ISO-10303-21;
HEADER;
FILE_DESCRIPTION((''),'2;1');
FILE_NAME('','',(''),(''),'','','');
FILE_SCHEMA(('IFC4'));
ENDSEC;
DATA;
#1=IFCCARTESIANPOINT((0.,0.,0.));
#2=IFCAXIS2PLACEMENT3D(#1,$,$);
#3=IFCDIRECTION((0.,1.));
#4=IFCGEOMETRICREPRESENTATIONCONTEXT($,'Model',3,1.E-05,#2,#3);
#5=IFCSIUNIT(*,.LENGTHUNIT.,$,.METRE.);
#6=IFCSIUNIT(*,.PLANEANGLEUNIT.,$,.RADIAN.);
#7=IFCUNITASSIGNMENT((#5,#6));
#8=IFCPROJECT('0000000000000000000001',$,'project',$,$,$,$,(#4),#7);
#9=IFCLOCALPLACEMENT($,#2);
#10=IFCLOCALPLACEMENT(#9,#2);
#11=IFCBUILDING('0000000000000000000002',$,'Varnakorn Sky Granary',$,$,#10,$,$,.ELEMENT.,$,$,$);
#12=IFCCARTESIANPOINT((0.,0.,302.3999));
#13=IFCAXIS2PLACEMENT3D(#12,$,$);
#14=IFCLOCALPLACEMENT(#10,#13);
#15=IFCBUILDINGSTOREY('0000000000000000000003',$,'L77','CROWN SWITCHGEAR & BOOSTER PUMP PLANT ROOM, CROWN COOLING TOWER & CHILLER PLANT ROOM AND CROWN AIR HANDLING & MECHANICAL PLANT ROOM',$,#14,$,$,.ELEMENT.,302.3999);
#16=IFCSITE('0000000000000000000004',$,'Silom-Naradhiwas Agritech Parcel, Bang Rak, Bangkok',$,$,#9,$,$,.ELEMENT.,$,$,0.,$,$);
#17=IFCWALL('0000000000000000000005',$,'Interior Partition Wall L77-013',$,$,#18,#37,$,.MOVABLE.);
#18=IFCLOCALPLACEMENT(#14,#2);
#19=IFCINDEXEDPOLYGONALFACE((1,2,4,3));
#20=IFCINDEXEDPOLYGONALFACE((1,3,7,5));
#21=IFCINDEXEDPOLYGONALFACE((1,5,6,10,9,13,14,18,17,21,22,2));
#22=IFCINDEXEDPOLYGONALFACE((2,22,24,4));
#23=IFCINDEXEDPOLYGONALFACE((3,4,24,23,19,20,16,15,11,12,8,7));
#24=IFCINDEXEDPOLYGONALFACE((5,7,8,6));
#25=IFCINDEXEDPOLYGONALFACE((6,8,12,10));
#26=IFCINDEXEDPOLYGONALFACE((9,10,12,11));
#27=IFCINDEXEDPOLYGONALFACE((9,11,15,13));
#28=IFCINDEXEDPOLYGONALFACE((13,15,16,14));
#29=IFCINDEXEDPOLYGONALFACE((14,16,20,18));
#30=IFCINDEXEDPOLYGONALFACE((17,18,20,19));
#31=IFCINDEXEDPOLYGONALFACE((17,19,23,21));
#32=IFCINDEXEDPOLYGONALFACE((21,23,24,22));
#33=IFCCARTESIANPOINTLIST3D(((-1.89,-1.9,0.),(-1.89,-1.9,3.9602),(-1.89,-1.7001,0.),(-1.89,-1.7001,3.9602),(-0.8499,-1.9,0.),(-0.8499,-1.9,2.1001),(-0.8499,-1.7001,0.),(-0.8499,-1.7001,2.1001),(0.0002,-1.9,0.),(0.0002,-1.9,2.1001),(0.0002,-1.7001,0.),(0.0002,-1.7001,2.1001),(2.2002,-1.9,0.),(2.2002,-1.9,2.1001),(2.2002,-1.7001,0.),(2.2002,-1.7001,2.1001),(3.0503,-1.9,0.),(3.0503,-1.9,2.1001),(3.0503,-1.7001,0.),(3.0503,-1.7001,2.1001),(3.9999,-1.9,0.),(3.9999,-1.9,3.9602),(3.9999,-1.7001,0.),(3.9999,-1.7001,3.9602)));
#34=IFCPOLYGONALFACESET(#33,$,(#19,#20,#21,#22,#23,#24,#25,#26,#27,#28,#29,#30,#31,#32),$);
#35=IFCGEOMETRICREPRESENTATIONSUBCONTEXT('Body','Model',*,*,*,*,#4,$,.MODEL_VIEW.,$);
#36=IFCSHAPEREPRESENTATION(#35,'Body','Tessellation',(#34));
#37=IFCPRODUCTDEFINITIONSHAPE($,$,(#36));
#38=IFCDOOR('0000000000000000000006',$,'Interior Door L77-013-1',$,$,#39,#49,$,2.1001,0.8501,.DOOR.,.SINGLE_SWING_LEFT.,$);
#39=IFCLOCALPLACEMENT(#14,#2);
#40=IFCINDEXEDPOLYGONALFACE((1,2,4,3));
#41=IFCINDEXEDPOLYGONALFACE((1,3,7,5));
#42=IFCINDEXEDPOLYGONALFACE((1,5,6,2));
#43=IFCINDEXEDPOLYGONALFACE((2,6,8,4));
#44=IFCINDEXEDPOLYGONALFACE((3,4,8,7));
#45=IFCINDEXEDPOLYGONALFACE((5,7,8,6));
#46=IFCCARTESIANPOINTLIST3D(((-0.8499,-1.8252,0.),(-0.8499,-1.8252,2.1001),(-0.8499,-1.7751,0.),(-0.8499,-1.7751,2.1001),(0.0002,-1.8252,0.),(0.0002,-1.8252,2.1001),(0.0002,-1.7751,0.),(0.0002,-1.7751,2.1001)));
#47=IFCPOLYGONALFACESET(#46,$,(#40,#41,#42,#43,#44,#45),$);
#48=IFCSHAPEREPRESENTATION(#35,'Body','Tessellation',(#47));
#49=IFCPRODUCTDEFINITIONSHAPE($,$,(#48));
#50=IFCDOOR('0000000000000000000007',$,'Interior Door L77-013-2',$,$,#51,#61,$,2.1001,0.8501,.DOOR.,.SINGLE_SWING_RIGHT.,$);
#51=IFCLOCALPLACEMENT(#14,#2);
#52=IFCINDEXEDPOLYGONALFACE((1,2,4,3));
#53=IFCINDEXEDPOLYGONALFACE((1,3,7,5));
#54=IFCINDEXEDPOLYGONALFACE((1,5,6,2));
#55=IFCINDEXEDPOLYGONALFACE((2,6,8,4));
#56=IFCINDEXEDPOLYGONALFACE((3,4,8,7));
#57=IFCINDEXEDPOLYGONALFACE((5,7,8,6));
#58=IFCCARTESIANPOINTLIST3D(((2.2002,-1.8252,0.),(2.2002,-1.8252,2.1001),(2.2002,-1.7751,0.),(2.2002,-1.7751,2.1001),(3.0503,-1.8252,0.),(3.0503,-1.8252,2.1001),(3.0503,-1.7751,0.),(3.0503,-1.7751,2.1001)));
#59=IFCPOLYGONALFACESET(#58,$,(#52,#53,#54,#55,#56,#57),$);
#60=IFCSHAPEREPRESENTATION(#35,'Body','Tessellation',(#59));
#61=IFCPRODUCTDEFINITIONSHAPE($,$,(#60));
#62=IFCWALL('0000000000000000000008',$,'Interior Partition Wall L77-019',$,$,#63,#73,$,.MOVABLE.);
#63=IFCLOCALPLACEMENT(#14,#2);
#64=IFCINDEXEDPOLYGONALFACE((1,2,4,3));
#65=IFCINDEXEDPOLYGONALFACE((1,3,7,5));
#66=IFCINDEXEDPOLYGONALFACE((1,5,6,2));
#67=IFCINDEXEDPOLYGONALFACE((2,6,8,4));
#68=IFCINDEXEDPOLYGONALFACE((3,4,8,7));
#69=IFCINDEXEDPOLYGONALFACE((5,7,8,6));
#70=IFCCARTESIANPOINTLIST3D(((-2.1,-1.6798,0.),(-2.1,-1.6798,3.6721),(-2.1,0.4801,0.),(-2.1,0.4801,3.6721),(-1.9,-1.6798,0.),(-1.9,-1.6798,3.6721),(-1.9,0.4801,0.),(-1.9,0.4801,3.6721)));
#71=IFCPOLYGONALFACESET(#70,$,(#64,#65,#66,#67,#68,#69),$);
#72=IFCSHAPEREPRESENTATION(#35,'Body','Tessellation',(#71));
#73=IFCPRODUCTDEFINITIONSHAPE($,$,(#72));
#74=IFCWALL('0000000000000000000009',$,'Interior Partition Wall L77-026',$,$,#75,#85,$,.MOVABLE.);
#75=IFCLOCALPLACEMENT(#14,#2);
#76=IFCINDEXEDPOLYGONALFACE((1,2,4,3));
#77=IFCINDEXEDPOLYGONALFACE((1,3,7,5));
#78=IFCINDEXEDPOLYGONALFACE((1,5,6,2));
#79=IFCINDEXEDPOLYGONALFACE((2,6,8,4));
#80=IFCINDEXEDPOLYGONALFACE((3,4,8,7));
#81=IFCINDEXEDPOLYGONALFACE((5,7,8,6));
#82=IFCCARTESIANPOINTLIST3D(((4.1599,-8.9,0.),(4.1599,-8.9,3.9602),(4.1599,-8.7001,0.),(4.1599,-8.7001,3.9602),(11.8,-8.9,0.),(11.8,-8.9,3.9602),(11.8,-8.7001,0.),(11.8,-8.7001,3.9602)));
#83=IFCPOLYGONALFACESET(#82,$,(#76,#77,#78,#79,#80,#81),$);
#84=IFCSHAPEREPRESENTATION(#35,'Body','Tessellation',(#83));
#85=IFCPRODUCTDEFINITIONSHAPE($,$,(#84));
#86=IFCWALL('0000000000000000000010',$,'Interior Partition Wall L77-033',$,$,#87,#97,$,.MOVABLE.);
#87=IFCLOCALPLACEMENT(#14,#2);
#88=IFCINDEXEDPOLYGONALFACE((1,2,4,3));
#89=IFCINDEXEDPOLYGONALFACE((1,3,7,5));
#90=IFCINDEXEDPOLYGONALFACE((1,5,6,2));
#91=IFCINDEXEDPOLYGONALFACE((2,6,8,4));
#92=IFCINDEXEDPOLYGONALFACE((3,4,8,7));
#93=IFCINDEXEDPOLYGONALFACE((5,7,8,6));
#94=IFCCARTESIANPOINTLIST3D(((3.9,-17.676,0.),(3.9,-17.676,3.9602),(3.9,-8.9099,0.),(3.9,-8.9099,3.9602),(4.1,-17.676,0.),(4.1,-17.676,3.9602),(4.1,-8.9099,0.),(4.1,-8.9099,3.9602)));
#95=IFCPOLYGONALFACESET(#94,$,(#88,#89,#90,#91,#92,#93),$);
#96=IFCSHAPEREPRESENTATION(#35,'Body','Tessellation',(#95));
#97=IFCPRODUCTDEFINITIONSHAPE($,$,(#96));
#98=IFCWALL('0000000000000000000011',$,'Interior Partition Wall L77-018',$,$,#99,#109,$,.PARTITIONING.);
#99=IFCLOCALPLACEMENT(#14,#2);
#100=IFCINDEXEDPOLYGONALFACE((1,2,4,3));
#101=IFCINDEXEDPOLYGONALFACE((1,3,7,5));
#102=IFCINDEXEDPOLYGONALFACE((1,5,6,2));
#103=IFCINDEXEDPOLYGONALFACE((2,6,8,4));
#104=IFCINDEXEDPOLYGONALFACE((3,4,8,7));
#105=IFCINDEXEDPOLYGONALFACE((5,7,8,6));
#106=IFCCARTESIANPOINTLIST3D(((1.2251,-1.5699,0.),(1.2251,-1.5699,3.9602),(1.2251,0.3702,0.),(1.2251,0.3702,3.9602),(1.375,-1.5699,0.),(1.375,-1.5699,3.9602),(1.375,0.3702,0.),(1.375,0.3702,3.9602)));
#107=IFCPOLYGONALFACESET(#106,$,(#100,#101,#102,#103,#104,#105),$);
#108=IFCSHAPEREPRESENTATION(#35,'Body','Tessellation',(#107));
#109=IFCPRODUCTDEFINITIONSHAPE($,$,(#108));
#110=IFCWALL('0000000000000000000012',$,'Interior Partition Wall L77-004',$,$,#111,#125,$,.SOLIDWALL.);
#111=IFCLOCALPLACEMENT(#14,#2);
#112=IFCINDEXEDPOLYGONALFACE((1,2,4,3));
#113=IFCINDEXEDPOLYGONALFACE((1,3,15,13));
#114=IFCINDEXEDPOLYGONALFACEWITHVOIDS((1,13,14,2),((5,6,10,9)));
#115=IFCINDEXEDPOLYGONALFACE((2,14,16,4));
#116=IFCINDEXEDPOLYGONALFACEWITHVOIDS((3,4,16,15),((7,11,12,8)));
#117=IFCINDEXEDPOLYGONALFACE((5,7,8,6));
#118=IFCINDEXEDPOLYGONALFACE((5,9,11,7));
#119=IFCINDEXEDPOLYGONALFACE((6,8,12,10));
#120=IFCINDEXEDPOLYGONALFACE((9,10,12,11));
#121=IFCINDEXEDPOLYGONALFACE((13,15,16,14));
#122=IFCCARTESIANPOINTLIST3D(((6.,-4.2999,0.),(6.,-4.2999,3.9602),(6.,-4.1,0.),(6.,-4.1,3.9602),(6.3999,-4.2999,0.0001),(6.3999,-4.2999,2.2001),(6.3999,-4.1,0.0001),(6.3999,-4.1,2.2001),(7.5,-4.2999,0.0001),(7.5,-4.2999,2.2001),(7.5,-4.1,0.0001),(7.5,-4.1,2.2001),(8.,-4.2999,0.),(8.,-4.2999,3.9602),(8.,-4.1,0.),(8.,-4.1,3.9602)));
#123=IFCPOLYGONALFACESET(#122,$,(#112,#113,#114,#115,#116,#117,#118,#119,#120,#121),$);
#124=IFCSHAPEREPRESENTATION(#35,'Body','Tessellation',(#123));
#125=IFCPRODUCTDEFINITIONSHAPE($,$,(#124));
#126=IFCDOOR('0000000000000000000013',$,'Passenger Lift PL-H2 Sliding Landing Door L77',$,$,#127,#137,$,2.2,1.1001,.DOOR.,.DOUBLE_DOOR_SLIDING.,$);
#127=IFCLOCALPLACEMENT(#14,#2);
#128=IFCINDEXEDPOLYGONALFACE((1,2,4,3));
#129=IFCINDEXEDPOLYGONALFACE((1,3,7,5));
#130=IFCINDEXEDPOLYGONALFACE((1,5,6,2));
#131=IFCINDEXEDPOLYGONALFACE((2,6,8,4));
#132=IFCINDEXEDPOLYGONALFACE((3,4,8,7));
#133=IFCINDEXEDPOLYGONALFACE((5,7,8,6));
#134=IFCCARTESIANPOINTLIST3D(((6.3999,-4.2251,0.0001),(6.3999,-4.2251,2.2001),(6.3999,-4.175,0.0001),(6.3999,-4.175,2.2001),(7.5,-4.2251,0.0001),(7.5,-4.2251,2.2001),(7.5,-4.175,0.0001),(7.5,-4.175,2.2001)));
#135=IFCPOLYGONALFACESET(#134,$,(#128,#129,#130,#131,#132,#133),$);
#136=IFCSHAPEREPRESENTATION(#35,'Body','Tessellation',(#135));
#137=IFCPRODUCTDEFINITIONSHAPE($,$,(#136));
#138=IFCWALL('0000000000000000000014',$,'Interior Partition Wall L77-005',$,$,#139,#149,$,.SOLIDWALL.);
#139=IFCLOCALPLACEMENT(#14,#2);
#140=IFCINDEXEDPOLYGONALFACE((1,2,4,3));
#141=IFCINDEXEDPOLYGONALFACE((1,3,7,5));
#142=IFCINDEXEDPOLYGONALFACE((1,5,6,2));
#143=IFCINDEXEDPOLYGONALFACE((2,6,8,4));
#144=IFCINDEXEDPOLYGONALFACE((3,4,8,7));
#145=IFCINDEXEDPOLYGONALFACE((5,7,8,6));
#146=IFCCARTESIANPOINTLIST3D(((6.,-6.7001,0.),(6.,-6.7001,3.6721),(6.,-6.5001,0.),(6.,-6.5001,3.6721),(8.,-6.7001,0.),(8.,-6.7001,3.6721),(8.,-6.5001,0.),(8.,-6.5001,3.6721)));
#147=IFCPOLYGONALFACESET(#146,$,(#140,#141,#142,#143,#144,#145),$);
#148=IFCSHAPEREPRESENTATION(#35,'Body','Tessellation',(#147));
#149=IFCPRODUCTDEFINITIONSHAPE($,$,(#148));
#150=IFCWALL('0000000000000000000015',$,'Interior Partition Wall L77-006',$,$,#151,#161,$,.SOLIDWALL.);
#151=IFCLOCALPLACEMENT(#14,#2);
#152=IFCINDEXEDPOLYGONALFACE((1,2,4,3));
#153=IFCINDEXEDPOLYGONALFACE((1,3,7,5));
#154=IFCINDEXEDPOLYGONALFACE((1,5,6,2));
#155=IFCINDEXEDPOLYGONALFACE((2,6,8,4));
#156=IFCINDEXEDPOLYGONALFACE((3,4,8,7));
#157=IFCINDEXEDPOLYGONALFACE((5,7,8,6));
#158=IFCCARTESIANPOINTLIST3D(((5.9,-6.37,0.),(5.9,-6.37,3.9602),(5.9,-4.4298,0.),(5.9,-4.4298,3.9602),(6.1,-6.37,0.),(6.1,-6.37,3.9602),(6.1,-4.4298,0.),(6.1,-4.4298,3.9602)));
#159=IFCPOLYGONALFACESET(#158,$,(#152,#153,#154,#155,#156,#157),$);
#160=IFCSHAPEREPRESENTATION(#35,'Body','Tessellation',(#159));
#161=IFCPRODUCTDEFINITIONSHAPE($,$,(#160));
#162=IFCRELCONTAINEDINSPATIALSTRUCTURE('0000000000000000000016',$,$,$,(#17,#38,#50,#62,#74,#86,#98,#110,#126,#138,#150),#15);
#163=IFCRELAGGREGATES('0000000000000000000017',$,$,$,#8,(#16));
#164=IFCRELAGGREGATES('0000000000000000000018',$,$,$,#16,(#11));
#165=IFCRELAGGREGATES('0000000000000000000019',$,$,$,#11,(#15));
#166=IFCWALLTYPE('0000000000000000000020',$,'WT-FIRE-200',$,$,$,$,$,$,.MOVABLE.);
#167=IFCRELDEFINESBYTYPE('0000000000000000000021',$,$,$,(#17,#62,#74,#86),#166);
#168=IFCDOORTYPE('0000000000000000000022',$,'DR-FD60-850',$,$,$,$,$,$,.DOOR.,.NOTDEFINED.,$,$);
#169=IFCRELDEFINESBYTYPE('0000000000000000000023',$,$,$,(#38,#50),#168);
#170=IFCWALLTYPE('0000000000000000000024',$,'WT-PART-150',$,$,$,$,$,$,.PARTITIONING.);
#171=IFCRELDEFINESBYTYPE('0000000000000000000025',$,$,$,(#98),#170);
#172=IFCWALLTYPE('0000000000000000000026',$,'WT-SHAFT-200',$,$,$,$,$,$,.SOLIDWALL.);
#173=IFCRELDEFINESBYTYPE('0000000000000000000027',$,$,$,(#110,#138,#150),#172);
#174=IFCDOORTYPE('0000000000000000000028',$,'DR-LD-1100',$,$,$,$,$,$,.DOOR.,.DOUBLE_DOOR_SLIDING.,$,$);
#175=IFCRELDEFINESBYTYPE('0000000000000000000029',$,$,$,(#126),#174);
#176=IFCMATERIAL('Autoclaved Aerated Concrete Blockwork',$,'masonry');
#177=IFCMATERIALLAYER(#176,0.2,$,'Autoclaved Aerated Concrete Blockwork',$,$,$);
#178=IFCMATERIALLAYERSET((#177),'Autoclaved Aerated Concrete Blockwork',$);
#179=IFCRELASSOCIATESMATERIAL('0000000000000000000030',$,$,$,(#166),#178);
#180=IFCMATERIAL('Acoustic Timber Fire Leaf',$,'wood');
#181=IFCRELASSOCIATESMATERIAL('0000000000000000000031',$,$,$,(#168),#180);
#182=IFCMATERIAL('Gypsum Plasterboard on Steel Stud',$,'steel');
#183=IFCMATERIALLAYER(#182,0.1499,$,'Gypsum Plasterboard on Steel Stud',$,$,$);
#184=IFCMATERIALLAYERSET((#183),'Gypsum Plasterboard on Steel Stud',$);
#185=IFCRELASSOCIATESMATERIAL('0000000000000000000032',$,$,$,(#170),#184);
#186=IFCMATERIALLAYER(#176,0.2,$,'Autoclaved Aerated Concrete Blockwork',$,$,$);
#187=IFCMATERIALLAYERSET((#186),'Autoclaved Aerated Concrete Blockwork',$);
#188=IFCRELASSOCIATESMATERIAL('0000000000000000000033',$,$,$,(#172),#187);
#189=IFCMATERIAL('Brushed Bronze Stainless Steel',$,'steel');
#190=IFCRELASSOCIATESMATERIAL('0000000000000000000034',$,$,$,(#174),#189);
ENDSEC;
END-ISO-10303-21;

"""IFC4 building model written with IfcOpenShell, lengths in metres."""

from ifc_helpers import new_model, si_unit, direction, frame, frame_2d, origin, place, context, subcontext, project, spatial, rectangle, extrude, material, layer, layer_set, type_object, element, fill, save


model = new_model("IFC4")

# Units and contexts
model_context = context("Model", 3, precision=1e-05, world=origin(), true_north=direction((0.0, 1.0)))
body_context = subcontext(model_context, "Body", "Model", "MODEL_VIEW")
ifc_project = project(units=[si_unit("LENGTHUNIT", "METRE"), si_unit("PLANEANGLEUNIT", "RADIAN")], contexts=[model_context])

# Site, building, storey
site_placement = place(None, origin())
site = spatial("IfcSite", under=ifc_project, at=site_placement, Name="Silom-Naradhiwas Agritech Parcel, Bang Rak, Bangkok", CompositionType="ELEMENT", RefElevation=0.0)
building_placement = place(site_placement, origin())
building = spatial("IfcBuilding", under=site, at=building_placement, Name="Varnakorn Sky Granary", CompositionType="ELEMENT")
storey_placement = place(building_placement, frame((0.0, 0.0, 302.3999)))
storey = spatial("IfcBuildingStorey", under=building, at=storey_placement, Name="L77", Description="CROWN SWITCHGEAR & BOOSTER PUMP PLANT ROOM, CROWN COOLING TOWER & CHILLER PLANT ROOM AND CROWN AIR HANDLING & MECHANICAL PLANT ROOM", CompositionType="ELEMENT", Elevation=302.3999)

# Shared definitions
ifc_material_1 = material(Name="Autoclaved Aerated Concrete Blockwork", Category="masonry")
ifc_layer_1 = layer(ifc_material_1, 0.2, Name="Autoclaved Aerated Concrete Blockwork")
ifc_layer_set_1 = layer_set([ifc_layer_1], Name="Autoclaved Aerated Concrete Blockwork")
wall_type_1 = type_object("IfcWallType", Name="WT-FIRE-200", PredefinedType="MOVABLE", material=ifc_layer_set_1)
ifc_material_2 = material(Name="Acoustic Timber Fire Leaf", Category="wood")

# Wall, openings, doors
wall_1_placement = place(storey_placement, frame((-1.8899, -1.8, 0.0), z_axis=(0.0, 0.0, 1.0), x_axis=(1.0, 0.0, 0.0)))
wall_1 = element("IfcWall", 1, at=wall_1_placement, inside=storey, type_object=wall_type_1, Name="Interior Partition Wall L77-013", PredefinedType="MOVABLE", context=body_context, shape_type="SweptSolid", body=[
    extrude(rectangle(XDim=5.8899, YDim=0.2, at=frame_2d((2.9448, 0.0))), origin(), (0.0, 0.0, 1.0), 3.9602),
])
opening_1_placement = place(wall_1_placement, frame((1.04, 0.0, 0.0)))
opening_1 = element("IfcOpeningElement", 2, at=opening_1_placement, cuts=wall_1, PredefinedType="OPENING", context=body_context, shape_type="SweptSolid", body=[
    extrude(rectangle(XDim=0.8501, YDim=2.1001, at=frame_2d((0.425, 1.05))), frame((0.0, 0.1099, 0.0), z_axis=(0.0, -1.0, 0.0), x_axis=(1.0, 0.0, 0.0)), (0.0, 0.0, 1.0), 0.22),
])
opening_2_placement = place(wall_1_placement, frame((4.0901, 0.0, 0.0)))
opening_2 = element("IfcOpeningElement", 3, at=opening_2_placement, cuts=wall_1, PredefinedType="OPENING", context=body_context, shape_type="SweptSolid", body=[
    extrude(rectangle(XDim=0.8501, YDim=2.1001, at=frame_2d((0.425, 1.05))), frame((0.0, 0.1099, 0.0), z_axis=(0.0, -1.0, 0.0), x_axis=(1.0, 0.0, 0.0)), (0.0, 0.0, 1.0), 0.22),
])
door_type_1 = type_object("IfcDoorType", Name="DR-FD60-850", OperationType="NOTDEFINED", PredefinedType="DOOR", material=ifc_material_2)
door_1_placement = place(opening_1_placement, origin())
door_1 = element("IfcDoor", 4, at=door_1_placement, inside=storey, type_object=door_type_1, Name="Interior Door L77-013-1", OperationType="SINGLE_SWING_LEFT", OverallHeight=2.1001, OverallWidth=0.8501, PredefinedType="DOOR", context=body_context, shape_type="SweptSolid", body=[
    extrude(rectangle(XDim=0.8501, YDim=2.1001, at=frame_2d((0.425, 1.05))), frame((0.0, 0.0249, 0.0), z_axis=(0.0, -1.0, 0.0), x_axis=(1.0, 0.0, 0.0)), (0.0, 0.0, 1.0), 0.05),
])
fill(opening_1, door_1)
door_2_placement = place(opening_2_placement, origin())
door_2 = element("IfcDoor", 5, at=door_2_placement, inside=storey, type_object=door_type_1, Name="Interior Door L77-013-2", OperationType="SINGLE_SWING_RIGHT", OverallHeight=2.1001, OverallWidth=0.8501, PredefinedType="DOOR", context=body_context, shape_type="SweptSolid", body=[
    extrude(rectangle(XDim=0.8501, YDim=2.1001, at=frame_2d((0.425, 1.05))), frame((0.0, 0.0249, 0.0), z_axis=(0.0, -1.0, 0.0), x_axis=(1.0, 0.0, 0.0)), (0.0, 0.0, 1.0), 0.05),
])
fill(opening_2, door_2)

# Walls
wall_2_placement = place(storey_placement, frame((-2.0, -1.6799, 0.0), z_axis=(0.0, 0.0, 1.0), x_axis=(0.0, 1.0, 0.0)))
element("IfcWall", 6, at=wall_2_placement, inside=storey, type_object=wall_type_1, Name="Interior Partition Wall L77-019", PredefinedType="MOVABLE", context=body_context, shape_type="SweptSolid", body=[
    extrude(rectangle(XDim=2.1599, YDim=0.2, at=frame_2d((1.0801, 0.0))), origin(), (0.0, 0.0, 1.0), 3.6721),
])
wall_3_placement = place(storey_placement, frame((4.1599, -8.8, 0.0), z_axis=(0.0, 0.0, 1.0), x_axis=(1.0, 0.0, 0.0)))
element("IfcWall", 7, at=wall_3_placement, inside=storey, type_object=wall_type_1, Name="Interior Partition Wall L77-026", PredefinedType="MOVABLE", context=body_context, shape_type="SweptSolid", body=[
    extrude(rectangle(XDim=7.6401, YDim=0.2, at=frame_2d((3.8201, 0.0))), origin(), (0.0, 0.0, 1.0), 3.9602),
])
wall_4_placement = place(storey_placement, frame((4.0, -8.9099, 0.0), z_axis=(0.0, 0.0, 1.0), x_axis=(0.0, -1.0, 0.0)))
element("IfcWall", 8, at=wall_4_placement, inside=storey, type_object=wall_type_1, Name="Interior Partition Wall L77-033", PredefinedType="MOVABLE", context=body_context, shape_type="SweptSolid", body=[
    extrude(rectangle(XDim=8.7661, YDim=0.2, at=frame_2d((4.3831, 0.0))), origin(), (0.0, 0.0, 1.0), 3.9602),
])
ifc_material_3 = material(Name="Gypsum Plasterboard on Steel Stud", Category="steel")
ifc_layer_2 = layer(ifc_material_3, 0.1499, Name="Gypsum Plasterboard on Steel Stud")
ifc_layer_set_2 = layer_set([ifc_layer_2], Name="Gypsum Plasterboard on Steel Stud")
wall_type_2 = type_object("IfcWallType", Name="WT-PART-150", PredefinedType="PARTITIONING", material=ifc_layer_set_2)
wall_5_placement = place(storey_placement, frame((1.3, -1.5701, 0.0), z_axis=(0.0, 0.0, 1.0), x_axis=(0.0, 1.0, 0.0)))
element("IfcWall", 9, at=wall_5_placement, inside=storey, type_object=wall_type_2, Name="Interior Partition Wall L77-018", PredefinedType="PARTITIONING", context=body_context, shape_type="SweptSolid", body=[
    extrude(rectangle(XDim=1.9402, YDim=0.1499, at=frame_2d((0.9702, 0.0))), origin(), (0.0, 0.0, 1.0), 3.9602),
])

# Wall, opening, door
ifc_layer_3 = layer(ifc_material_1, 0.2, Name="Autoclaved Aerated Concrete Blockwork")
ifc_layer_set_3 = layer_set([ifc_layer_3], Name="Autoclaved Aerated Concrete Blockwork")
wall_type_3 = type_object("IfcWallType", Name="WT-SHAFT-200", PredefinedType="SOLIDWALL", material=ifc_layer_set_3)
wall_6_placement = place(storey_placement, frame((6.0, -4.2, 0.0), z_axis=(0.0, 0.0, 1.0), x_axis=(1.0, 0.0, 0.0)))
wall_6 = element("IfcWall", 10, at=wall_6_placement, inside=storey, type_object=wall_type_3, Name="Interior Partition Wall L77-004", PredefinedType="SOLIDWALL", context=body_context, shape_type="SweptSolid", body=[
    extrude(rectangle(XDim=2.0, YDim=0.2, at=frame_2d((1.0, 0.0))), origin(), (0.0, 0.0, 1.0), 3.9602),
])
opening_3_placement = place(wall_6_placement, frame((0.3999, 0.0, 0.0)))
opening_3 = element("IfcOpeningElement", 11, at=opening_3_placement, cuts=wall_6, PredefinedType="OPENING", context=body_context, shape_type="SweptSolid", body=[
    extrude(rectangle(XDim=1.1001, YDim=2.2, at=frame_2d((0.55, 1.1001))), frame((0.0, 0.1099, 0.0), z_axis=(0.0, -1.0, 0.0), x_axis=(1.0, 0.0, 0.0)), (0.0, 0.0, 1.0), 0.22),
])
ifc_material_4 = material(Name="Brushed Bronze Stainless Steel", Category="steel")
door_type_2 = type_object("IfcDoorType", Name="DR-LD-1100", OperationType="DOUBLE_DOOR_SLIDING", PredefinedType="DOOR", material=ifc_material_4)
door_3_placement = place(opening_3_placement, origin())
door_3 = element("IfcDoor", 12, at=door_3_placement, inside=storey, type_object=door_type_2, Name="Passenger Lift PL-H2 Sliding Landing Door L77", OperationType="DOUBLE_DOOR_SLIDING", OverallHeight=2.2, OverallWidth=1.1001, PredefinedType="DOOR", context=body_context, shape_type="SweptSolid", body=[
    extrude(rectangle(XDim=1.1001, YDim=2.2, at=frame_2d((0.55, 1.1001))), frame((0.0, 0.0249, 0.0), z_axis=(0.0, -1.0, 0.0), x_axis=(1.0, 0.0, 0.0)), (0.0, 0.0, 1.0), 0.05),
])
fill(opening_3, door_3)

# Walls
wall_7_placement = place(storey_placement, frame((6.0, -6.6001, 0.0), z_axis=(0.0, 0.0, 1.0), x_axis=(1.0, 0.0, 0.0)))
element("IfcWall", 13, at=wall_7_placement, inside=storey, type_object=wall_type_3, Name="Interior Partition Wall L77-005", PredefinedType="SOLIDWALL", context=body_context, shape_type="SweptSolid", body=[
    extrude(rectangle(XDim=2.0, YDim=0.2, at=frame_2d((1.0, 0.0))), origin(), (0.0, 0.0, 1.0), 3.6721),
])
wall_8_placement = place(storey_placement, frame((6.0, -6.3701, 0.0), z_axis=(0.0, 0.0, 1.0), x_axis=(0.0, 1.0, 0.0)))
element("IfcWall", 14, at=wall_8_placement, inside=storey, type_object=wall_type_3, Name="Interior Partition Wall L77-006", PredefinedType="SOLIDWALL", context=body_context, shape_type="SweptSolid", body=[
    extrude(rectangle(XDim=1.9402, YDim=0.2, at=frame_2d((0.9702, 0.0))), origin(), (0.0, 0.0, 1.0), 3.9602),
])

save(model, "model.ifc")
